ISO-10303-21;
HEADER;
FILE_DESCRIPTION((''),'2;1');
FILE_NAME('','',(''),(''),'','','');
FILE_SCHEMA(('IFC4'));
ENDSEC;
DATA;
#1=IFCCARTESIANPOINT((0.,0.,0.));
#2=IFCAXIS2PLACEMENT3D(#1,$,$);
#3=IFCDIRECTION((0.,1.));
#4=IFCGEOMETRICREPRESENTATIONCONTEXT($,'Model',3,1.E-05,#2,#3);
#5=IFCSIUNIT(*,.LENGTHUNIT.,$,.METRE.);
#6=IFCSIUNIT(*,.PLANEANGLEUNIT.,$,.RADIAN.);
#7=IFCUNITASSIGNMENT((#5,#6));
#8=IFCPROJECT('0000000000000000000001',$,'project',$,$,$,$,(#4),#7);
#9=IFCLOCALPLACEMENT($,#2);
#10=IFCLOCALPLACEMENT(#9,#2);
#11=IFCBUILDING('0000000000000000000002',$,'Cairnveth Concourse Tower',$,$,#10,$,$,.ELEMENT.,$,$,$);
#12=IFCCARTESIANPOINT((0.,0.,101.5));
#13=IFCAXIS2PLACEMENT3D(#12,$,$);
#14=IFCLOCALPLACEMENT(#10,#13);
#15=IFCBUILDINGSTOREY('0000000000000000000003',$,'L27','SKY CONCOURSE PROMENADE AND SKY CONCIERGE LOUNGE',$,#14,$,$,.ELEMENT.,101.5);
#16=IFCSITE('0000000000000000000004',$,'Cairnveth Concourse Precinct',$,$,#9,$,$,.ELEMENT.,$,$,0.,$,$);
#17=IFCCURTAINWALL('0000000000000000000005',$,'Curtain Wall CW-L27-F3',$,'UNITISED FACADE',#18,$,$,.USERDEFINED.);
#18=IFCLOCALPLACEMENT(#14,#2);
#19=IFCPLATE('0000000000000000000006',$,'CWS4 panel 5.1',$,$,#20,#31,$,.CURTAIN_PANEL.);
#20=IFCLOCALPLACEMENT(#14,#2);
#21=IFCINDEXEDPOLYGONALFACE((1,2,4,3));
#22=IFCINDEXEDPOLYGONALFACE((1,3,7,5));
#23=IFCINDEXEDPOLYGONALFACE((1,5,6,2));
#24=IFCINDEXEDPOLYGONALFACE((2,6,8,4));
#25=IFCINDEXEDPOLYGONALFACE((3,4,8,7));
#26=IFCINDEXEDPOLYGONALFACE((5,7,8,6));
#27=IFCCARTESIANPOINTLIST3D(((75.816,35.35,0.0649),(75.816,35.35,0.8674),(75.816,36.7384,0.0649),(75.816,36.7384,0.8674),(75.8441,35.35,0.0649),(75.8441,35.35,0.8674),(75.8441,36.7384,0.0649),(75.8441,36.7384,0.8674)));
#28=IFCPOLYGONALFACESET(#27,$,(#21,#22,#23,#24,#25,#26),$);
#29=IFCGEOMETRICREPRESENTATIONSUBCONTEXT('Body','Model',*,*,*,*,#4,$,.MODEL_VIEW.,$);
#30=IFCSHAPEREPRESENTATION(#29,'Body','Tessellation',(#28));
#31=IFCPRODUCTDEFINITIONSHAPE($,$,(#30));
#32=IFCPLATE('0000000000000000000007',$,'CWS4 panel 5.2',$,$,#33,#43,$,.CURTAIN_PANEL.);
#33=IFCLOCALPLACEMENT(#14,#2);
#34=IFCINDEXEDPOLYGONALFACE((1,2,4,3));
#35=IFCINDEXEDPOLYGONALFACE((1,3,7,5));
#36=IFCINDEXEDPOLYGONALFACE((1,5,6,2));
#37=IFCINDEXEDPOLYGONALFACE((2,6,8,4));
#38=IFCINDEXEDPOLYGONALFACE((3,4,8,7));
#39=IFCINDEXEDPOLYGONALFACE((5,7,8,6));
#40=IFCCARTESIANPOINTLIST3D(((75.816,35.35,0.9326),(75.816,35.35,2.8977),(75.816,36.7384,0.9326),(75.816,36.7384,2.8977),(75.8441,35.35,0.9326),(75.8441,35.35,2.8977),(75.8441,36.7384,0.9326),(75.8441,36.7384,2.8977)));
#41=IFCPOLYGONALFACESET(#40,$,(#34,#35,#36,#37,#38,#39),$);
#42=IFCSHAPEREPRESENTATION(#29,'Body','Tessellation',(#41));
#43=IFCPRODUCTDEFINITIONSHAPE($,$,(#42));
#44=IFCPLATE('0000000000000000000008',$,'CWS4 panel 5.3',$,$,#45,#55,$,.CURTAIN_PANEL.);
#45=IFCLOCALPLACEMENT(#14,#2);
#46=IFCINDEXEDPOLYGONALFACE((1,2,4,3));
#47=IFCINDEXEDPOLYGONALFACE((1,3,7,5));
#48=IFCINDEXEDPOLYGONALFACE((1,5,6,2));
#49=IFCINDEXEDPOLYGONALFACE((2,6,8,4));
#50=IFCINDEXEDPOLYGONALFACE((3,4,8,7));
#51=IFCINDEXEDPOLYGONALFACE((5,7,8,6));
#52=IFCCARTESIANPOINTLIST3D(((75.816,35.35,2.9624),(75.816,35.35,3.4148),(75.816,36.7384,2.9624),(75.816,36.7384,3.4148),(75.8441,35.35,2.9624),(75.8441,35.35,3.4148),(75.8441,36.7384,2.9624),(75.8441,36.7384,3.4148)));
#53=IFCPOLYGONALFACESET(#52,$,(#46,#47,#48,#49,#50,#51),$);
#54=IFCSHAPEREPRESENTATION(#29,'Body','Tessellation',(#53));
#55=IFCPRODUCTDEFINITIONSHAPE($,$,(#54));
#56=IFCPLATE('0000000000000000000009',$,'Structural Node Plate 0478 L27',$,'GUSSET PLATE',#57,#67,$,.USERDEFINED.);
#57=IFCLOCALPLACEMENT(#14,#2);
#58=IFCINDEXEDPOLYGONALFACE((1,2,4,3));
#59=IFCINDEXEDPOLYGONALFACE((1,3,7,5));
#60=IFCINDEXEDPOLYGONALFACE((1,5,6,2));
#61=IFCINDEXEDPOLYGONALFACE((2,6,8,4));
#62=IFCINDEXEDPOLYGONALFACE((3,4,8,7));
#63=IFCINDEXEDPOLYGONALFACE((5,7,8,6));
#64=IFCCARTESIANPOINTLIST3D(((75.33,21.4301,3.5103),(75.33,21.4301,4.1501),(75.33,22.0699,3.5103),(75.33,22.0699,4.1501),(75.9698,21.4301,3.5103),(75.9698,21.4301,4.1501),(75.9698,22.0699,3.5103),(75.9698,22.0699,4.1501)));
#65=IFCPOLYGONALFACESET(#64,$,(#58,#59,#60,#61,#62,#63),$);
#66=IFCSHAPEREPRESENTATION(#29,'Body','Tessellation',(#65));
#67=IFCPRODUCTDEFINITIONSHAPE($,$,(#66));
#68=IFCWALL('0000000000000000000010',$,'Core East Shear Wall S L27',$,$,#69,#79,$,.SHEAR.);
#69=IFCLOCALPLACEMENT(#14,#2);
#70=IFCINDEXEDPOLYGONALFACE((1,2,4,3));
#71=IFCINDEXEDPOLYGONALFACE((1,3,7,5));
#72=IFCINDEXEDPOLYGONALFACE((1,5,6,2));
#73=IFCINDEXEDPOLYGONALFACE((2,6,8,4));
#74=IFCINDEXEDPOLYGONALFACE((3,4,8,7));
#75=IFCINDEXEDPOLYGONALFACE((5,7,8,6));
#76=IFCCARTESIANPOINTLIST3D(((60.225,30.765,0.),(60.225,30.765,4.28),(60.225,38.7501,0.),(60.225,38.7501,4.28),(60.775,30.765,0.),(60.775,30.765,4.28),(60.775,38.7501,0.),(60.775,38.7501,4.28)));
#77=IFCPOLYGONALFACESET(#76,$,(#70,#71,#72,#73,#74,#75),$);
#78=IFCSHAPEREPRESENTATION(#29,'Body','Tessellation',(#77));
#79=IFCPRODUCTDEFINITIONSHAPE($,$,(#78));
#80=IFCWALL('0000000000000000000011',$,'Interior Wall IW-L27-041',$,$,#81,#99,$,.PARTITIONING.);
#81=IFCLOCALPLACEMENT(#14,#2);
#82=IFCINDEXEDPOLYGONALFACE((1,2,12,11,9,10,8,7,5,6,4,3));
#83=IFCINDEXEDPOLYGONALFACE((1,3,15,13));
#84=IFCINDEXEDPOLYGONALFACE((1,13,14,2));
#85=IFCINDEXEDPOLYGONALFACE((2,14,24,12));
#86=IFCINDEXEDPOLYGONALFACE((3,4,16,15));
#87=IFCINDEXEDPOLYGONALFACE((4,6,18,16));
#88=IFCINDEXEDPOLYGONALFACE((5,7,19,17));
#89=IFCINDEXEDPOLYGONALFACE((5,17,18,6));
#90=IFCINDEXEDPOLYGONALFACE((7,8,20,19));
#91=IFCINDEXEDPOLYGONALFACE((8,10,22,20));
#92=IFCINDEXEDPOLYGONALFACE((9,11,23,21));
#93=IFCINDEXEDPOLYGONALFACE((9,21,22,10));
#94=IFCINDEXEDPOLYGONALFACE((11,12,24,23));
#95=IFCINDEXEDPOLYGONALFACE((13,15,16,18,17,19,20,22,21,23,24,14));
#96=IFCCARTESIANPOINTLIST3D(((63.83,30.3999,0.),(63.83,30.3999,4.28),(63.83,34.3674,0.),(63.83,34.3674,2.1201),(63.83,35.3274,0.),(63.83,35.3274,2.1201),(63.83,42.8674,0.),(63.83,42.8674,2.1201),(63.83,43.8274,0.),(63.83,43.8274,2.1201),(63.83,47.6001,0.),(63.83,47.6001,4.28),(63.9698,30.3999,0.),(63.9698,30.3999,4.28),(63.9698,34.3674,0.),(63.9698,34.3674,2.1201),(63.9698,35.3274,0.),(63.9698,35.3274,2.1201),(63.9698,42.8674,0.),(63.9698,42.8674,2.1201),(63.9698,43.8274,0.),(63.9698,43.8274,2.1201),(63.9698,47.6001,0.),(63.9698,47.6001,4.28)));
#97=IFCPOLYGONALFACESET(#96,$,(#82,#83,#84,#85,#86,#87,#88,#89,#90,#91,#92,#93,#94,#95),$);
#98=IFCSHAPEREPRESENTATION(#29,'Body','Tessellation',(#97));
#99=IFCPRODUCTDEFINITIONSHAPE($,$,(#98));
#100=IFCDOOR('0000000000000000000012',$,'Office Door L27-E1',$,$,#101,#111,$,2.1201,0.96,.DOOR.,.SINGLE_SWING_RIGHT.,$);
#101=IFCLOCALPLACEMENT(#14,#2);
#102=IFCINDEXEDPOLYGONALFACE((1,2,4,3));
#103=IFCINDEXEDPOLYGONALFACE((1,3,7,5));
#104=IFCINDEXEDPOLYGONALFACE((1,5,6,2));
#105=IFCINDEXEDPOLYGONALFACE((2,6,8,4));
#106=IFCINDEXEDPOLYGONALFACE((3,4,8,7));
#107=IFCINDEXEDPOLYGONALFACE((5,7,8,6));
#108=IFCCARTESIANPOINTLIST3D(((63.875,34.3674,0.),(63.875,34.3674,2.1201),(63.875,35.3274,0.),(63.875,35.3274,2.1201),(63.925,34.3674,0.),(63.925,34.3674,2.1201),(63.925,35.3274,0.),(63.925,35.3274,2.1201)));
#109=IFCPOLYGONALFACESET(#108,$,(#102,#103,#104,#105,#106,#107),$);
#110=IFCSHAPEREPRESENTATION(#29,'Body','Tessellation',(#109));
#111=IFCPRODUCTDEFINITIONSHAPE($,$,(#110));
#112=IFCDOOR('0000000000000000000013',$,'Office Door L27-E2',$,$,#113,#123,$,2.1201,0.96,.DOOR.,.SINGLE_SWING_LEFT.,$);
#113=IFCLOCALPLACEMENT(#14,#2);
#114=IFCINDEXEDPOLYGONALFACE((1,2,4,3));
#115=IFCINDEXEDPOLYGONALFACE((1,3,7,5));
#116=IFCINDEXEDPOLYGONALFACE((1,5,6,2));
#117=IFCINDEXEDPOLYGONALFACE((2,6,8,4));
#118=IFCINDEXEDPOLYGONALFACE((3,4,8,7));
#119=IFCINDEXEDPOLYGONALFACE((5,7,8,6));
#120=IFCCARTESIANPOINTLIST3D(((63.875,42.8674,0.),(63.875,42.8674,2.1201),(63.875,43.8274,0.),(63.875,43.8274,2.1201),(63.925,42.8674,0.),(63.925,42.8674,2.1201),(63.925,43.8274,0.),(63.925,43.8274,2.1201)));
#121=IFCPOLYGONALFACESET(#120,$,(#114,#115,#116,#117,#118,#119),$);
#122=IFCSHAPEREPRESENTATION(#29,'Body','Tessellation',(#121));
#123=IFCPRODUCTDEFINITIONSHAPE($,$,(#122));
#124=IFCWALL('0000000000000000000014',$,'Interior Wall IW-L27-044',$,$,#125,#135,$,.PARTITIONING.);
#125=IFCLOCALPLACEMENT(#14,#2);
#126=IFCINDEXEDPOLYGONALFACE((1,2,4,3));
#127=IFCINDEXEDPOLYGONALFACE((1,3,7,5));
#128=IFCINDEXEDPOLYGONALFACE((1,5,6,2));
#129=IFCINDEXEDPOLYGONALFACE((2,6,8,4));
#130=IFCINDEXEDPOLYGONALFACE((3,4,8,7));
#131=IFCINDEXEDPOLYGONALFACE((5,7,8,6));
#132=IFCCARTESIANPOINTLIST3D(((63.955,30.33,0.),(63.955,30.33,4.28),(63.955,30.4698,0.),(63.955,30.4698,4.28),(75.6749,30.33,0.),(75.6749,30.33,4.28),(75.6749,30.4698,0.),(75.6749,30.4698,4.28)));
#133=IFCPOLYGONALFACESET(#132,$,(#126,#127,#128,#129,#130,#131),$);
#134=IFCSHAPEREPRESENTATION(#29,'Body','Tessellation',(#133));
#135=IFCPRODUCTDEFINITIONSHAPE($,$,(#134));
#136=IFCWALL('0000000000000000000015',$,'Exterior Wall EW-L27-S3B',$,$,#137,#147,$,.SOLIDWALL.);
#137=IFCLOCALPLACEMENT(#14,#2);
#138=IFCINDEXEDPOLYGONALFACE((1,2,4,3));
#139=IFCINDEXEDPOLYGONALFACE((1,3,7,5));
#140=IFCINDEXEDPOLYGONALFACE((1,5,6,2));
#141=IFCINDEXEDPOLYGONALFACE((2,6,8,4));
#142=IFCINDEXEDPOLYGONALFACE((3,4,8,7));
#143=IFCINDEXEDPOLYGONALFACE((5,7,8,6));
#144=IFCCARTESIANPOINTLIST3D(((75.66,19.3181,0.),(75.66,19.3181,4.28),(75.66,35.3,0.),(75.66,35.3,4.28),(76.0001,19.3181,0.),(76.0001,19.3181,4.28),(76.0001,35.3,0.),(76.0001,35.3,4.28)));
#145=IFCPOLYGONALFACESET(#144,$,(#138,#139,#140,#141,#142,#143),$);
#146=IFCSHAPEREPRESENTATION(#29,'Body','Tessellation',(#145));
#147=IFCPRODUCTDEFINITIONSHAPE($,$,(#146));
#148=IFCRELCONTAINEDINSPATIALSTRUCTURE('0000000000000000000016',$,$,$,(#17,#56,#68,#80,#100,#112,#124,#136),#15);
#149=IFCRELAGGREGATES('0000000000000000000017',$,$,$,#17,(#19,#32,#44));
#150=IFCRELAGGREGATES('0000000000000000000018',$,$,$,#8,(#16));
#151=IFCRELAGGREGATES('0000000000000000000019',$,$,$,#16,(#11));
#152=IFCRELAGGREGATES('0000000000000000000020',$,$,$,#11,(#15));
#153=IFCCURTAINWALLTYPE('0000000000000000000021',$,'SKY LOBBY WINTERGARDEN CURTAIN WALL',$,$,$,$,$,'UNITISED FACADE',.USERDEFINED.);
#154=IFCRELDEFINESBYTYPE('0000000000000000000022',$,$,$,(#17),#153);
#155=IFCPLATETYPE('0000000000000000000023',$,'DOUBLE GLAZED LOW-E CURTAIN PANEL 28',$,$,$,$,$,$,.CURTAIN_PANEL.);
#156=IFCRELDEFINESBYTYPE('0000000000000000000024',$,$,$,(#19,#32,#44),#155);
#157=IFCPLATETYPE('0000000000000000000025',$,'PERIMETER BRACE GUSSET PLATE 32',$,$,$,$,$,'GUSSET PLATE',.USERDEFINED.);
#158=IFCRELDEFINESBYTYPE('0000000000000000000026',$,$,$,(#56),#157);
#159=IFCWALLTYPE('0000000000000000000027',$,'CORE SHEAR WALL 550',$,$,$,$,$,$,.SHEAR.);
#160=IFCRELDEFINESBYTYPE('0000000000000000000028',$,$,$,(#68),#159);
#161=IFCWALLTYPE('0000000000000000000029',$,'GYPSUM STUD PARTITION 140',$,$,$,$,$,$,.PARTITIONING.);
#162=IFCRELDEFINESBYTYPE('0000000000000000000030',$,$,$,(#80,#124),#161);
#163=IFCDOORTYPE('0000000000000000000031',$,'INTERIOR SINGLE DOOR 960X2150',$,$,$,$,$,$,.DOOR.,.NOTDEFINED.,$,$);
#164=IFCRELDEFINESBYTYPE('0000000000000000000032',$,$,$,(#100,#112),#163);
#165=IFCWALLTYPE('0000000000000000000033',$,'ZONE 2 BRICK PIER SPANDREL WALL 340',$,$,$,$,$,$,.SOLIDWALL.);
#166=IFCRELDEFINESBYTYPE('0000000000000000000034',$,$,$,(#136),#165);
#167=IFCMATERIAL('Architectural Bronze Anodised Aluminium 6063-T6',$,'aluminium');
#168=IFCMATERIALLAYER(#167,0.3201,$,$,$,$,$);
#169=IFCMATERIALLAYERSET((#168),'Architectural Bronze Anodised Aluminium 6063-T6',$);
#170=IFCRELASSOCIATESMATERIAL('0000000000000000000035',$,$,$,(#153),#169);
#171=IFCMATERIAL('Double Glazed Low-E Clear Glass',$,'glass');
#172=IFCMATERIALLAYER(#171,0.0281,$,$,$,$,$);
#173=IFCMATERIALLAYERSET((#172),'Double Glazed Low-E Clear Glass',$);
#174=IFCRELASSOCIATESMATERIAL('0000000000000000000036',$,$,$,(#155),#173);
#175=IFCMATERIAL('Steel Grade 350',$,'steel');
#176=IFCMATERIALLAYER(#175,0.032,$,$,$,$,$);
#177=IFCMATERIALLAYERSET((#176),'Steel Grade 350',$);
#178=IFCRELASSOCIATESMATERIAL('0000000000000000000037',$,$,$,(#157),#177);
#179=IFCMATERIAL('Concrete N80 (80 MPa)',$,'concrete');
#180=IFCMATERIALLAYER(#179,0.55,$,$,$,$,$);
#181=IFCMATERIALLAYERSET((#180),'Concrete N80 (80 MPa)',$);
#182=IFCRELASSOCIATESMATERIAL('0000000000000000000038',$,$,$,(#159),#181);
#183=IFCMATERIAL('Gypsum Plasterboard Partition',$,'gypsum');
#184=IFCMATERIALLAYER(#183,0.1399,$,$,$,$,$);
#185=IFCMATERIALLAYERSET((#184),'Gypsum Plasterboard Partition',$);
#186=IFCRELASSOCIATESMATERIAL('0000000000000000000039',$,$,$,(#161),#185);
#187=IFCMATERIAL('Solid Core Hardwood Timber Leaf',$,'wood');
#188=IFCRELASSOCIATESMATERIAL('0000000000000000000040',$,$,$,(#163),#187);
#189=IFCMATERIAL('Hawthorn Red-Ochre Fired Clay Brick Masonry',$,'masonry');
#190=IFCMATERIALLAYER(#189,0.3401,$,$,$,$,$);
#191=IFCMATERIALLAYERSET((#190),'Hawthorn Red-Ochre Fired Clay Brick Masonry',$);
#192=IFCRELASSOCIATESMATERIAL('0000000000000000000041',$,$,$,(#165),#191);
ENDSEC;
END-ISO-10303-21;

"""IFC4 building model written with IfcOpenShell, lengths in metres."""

from ifc_helpers import new_model, si_unit, direction, frame, frame_2d, origin, origin_2d, place, context, subcontext, project, spatial, rectangle, extrude, material, layer, layer_set, type_object, element, fill, aggregate, save


model = new_model("IFC4")

# Units and contexts
model_context = context("Model", 3, precision=1e-05, world=origin(), true_north=direction((0.0, 1.0)))
body_context = subcontext(model_context, "Body", "Model", "MODEL_VIEW")
ifc_project = project(units=[si_unit("LENGTHUNIT", "METRE"), si_unit("PLANEANGLEUNIT", "RADIAN")], contexts=[model_context])

# Site, building, storey
site_placement = place(None, origin())
site = spatial("IfcSite", under=ifc_project, at=site_placement, Name="Cairnveth Concourse Precinct", CompositionType="ELEMENT", RefElevation=0.0)
building_placement = place(site_placement, origin())
building = spatial("IfcBuilding", under=site, at=building_placement, Name="Cairnveth Concourse Tower", CompositionType="ELEMENT")
storey_placement = place(building_placement, frame((0.0, 0.0, 101.5)))
storey = spatial("IfcBuildingStorey", under=building, at=storey_placement, Name="L27", Description="SKY CONCOURSE PROMENADE AND SKY CONCIERGE LOUNGE", CompositionType="ELEMENT", Elevation=101.5)

# Curtain wall
ifc_material_1 = material(Name="Architectural Bronze Anodised Aluminium 6063-T6", Category="aluminium")
ifc_layer_1 = layer(ifc_material_1, 0.3201)
ifc_layer_set_1 = layer_set([ifc_layer_1], Name="Architectural Bronze Anodised Aluminium 6063-T6")
curtain_wall_type = type_object("IfcCurtainWallType", Name="SKY LOBBY WINTERGARDEN CURTAIN WALL", ElementType="UNITISED FACADE", PredefinedType="USERDEFINED", material=ifc_layer_set_1)
curtain_wall_placement = place(storey_placement, origin())
curtain_wall = element("IfcCurtainWall", 1, at=curtain_wall_placement, inside=storey, type_object=curtain_wall_type, Name="Curtain Wall CW-L27-F3", ObjectType="UNITISED FACADE", PredefinedType="USERDEFINED")

# Shared definitions
ifc_material_2 = material(Name="Steel Grade 350", Category="steel")

# Plates
ifc_material_3 = material(Name="Double Glazed Low-E Clear Glass", Category="glass")
ifc_layer_2 = layer(ifc_material_3, 0.0281)
ifc_layer_set_2 = layer_set([ifc_layer_2], Name="Double Glazed Low-E Clear Glass")
plate_type_1 = type_object("IfcPlateType", Name="DOUBLE GLAZED LOW-E CURTAIN PANEL 28", PredefinedType="CURTAIN_PANEL", material=ifc_layer_set_2)
plate_1_placement = place(storey_placement, frame((75.8301, 36.0442, 0.0649), z_axis=(0.0, 0.0, 1.0), x_axis=(0.0, -1.0, 0.0)))
plate_1 = element("IfcPlate", 2, at=plate_1_placement, type_object=plate_type_1, Name="CWS4 panel 5.1", PredefinedType="CURTAIN_PANEL", context=body_context, shape_type="SweptSolid", body=[
    extrude(rectangle(XDim=1.3884, YDim=0.0281, at=origin_2d()), origin(), (0.0, 0.0, 1.0), 0.8025),
])
plate_2_placement = place(storey_placement, frame((75.8301, 36.0442, 0.9326), z_axis=(0.0, 0.0, 1.0), x_axis=(0.0, -1.0, 0.0)))
plate_2 = element("IfcPlate", 3, at=plate_2_placement, type_object=plate_type_1, Name="CWS4 panel 5.2", PredefinedType="CURTAIN_PANEL", context=body_context, shape_type="SweptSolid", body=[
    extrude(rectangle(XDim=1.3884, YDim=0.0281, at=origin_2d()), origin(), (0.0, 0.0, 1.0), 1.9651),
])
plate_3_placement = place(storey_placement, frame((75.8301, 36.0442, 2.9624), z_axis=(0.0, 0.0, 1.0), x_axis=(0.0, -1.0, 0.0)))
plate_3 = element("IfcPlate", 4, at=plate_3_placement, type_object=plate_type_1, Name="CWS4 panel 5.3", PredefinedType="CURTAIN_PANEL", context=body_context, shape_type="SweptSolid", body=[
    extrude(rectangle(XDim=1.3884, YDim=0.0281, at=origin_2d()), origin(), (0.0, 0.0, 1.0), 0.4524),
])
aggregate(curtain_wall, [plate_1, plate_2, plate_3])
ifc_layer_3 = layer(ifc_material_2, 0.032)
ifc_layer_set_3 = layer_set([ifc_layer_3], Name="Steel Grade 350")
plate_type_2 = type_object("IfcPlateType", Name="PERIMETER BRACE GUSSET PLATE 32", ElementType="GUSSET PLATE", PredefinedType="USERDEFINED", material=ifc_layer_set_3)
plate_4_placement = place(storey_placement, frame((75.6499, 21.75, 3.5103), z_axis=(0.0, 0.0, 1.0), x_axis=(1.0, 0.0, 0.0)))
element("IfcPlate", 5, at=plate_4_placement, inside=storey, type_object=plate_type_2, Name="Structural Node Plate 0478 L27", ObjectType="GUSSET PLATE", PredefinedType="USERDEFINED", context=body_context, shape_type="SweptSolid", body=[
    extrude(rectangle(XDim=0.6399, YDim=0.6399, at=origin_2d()), origin(), (0.0, 0.0, 1.0), 0.6399),
])

# Wall
ifc_material_4 = material(Name="Concrete N80 (80 MPa)", Category="concrete")
ifc_layer_4 = layer(ifc_material_4, 0.55)
ifc_layer_set_4 = layer_set([ifc_layer_4], Name="Concrete N80 (80 MPa)")
wall_type_1 = type_object("IfcWallType", Name="CORE SHEAR WALL 550", PredefinedType="SHEAR", material=ifc_layer_set_4)
wall_1_placement = place(storey_placement, frame((60.5, 30.7649, 0.0), z_axis=(0.0, 0.0, 1.0), x_axis=(0.0, 1.0, 0.0)))
element("IfcWall", 6, at=wall_1_placement, inside=storey, type_object=wall_type_1, Name="Core East Shear Wall S L27", PredefinedType="SHEAR", context=body_context, shape_type="SweptSolid", body=[
    extrude(rectangle(XDim=7.9851, YDim=0.55, at=frame_2d((3.9927, 0.0))), origin(), (0.0, 0.0, 1.0), 4.28),
])

# Wall, openings, doors
ifc_material_5 = material(Name="Gypsum Plasterboard Partition", Category="gypsum")
ifc_layer_5 = layer(ifc_material_5, 0.1399)
ifc_layer_set_5 = layer_set([ifc_layer_5], Name="Gypsum Plasterboard Partition")
wall_type_2 = type_object("IfcWallType", Name="GYPSUM STUD PARTITION 140", PredefinedType="PARTITIONING", material=ifc_layer_set_5)
wall_2_placement = place(storey_placement, frame((63.8999, 30.3999, 0.0), z_axis=(0.0, 0.0, 1.0), x_axis=(0.0, 1.0, 0.0)))
wall_2 = element("IfcWall", 7, at=wall_2_placement, inside=storey, type_object=wall_type_2, Name="Interior Wall IW-L27-041", PredefinedType="PARTITIONING", context=body_context, shape_type="SweptSolid", body=[
    extrude(rectangle(XDim=17.2002, YDim=0.1399, at=frame_2d((8.6001, 0.0))), origin(), (0.0, 0.0, 1.0), 4.28),
])
opening_1_placement = place(wall_2_placement, frame((3.9675, 0.0, 0.0)))
opening_1 = element("IfcOpeningElement", 8, at=opening_1_placement, cuts=wall_2, PredefinedType="OPENING", context=body_context, shape_type="SweptSolid", body=[
    extrude(rectangle(XDim=0.96, YDim=2.1201, at=frame_2d((0.48, 1.0601))), frame((0.0, 0.0798, 0.0), z_axis=(0.0, -1.0, 0.0), x_axis=(1.0, 0.0, 0.0)), (0.0, 0.0, 1.0), 0.1599),
])
opening_2_placement = place(wall_2_placement, frame((12.4675, 0.0, 0.0)))
opening_2 = element("IfcOpeningElement", 9, at=opening_2_placement, cuts=wall_2, PredefinedType="OPENING", context=body_context, shape_type="SweptSolid", body=[
    extrude(rectangle(XDim=0.96, YDim=2.1201, at=frame_2d((0.48, 1.0601))), frame((0.0, 0.0798, 0.0), z_axis=(0.0, -1.0, 0.0), x_axis=(1.0, 0.0, 0.0)), (0.0, 0.0, 1.0), 0.1599),
])
ifc_material_6 = material(Name="Solid Core Hardwood Timber Leaf", Category="wood")
door_type = type_object("IfcDoorType", Name="INTERIOR SINGLE DOOR 960X2150", OperationType="NOTDEFINED", PredefinedType="DOOR", material=ifc_material_6)
door_1_placement = place(opening_1_placement, origin())
door_1 = element("IfcDoor", 10, at=door_1_placement, inside=storey, type_object=door_type, Name="Office Door L27-E1", OperationType="SINGLE_SWING_RIGHT", OverallHeight=2.1201, OverallWidth=0.96, PredefinedType="DOOR", context=body_context, shape_type="SweptSolid", body=[
    extrude(rectangle(XDim=0.96, YDim=2.1201, at=frame_2d((0.48, 1.0601))), frame((0.0, 0.0249, 0.0), z_axis=(0.0, -1.0, 0.0), x_axis=(1.0, 0.0, 0.0)), (0.0, 0.0, 1.0), 0.05),
])
fill(opening_1, door_1)
door_2_placement = place(opening_2_placement, origin())
door_2 = element("IfcDoor", 11, at=door_2_placement, inside=storey, type_object=door_type, Name="Office Door L27-E2", OperationType="SINGLE_SWING_LEFT", OverallHeight=2.1201, OverallWidth=0.96, PredefinedType="DOOR", context=body_context, shape_type="SweptSolid", body=[
    extrude(rectangle(XDim=0.96, YDim=2.1201, at=frame_2d((0.48, 1.0601))), frame((0.0, 0.0249, 0.0), z_axis=(0.0, -1.0, 0.0), x_axis=(1.0, 0.0, 0.0)), (0.0, 0.0, 1.0), 0.05),
])
fill(opening_2, door_2)

# Walls
wall_3_placement = place(storey_placement, frame((63.9551, 30.3999, 0.0), z_axis=(0.0, 0.0, 1.0), x_axis=(1.0, 0.0, 0.0)))
element("IfcWall", 12, at=wall_3_placement, inside=storey, type_object=wall_type_2, Name="Interior Wall IW-L27-044", PredefinedType="PARTITIONING", context=body_context, shape_type="SweptSolid", body=[
    extrude(rectangle(XDim=11.72, YDim=0.1399, at=frame_2d((5.8599, 0.0))), origin(), (0.0, 0.0, 1.0), 4.28),
])
ifc_material_7 = material(Name="Hawthorn Red-Ochre Fired Clay Brick Masonry", Category="masonry")
ifc_layer_6 = layer(ifc_material_7, 0.3401)
ifc_layer_set_6 = layer_set([ifc_layer_6], Name="Hawthorn Red-Ochre Fired Clay Brick Masonry")
wall_type_3 = type_object("IfcWallType", Name="ZONE 2 BRICK PIER SPANDREL WALL 340", PredefinedType="SOLIDWALL", material=ifc_layer_set_6)
wall_4_placement = place(storey_placement, frame((75.8301, 35.3, 0.0), z_axis=(0.0, 0.0, 1.0), x_axis=(0.0, -1.0, 0.0)))
element("IfcWall", 13, at=wall_4_placement, inside=storey, type_object=wall_type_3, Name="Exterior Wall EW-L27-S3B", PredefinedType="SOLIDWALL", context=body_context, shape_type="SweptSolid", body=[
    extrude(rectangle(XDim=15.9819, YDim=0.3401, at=frame_2d((7.991, 0.0))), origin(), (0.0, 0.0, 1.0), 4.28),
])

save(model, "model.ifc")
